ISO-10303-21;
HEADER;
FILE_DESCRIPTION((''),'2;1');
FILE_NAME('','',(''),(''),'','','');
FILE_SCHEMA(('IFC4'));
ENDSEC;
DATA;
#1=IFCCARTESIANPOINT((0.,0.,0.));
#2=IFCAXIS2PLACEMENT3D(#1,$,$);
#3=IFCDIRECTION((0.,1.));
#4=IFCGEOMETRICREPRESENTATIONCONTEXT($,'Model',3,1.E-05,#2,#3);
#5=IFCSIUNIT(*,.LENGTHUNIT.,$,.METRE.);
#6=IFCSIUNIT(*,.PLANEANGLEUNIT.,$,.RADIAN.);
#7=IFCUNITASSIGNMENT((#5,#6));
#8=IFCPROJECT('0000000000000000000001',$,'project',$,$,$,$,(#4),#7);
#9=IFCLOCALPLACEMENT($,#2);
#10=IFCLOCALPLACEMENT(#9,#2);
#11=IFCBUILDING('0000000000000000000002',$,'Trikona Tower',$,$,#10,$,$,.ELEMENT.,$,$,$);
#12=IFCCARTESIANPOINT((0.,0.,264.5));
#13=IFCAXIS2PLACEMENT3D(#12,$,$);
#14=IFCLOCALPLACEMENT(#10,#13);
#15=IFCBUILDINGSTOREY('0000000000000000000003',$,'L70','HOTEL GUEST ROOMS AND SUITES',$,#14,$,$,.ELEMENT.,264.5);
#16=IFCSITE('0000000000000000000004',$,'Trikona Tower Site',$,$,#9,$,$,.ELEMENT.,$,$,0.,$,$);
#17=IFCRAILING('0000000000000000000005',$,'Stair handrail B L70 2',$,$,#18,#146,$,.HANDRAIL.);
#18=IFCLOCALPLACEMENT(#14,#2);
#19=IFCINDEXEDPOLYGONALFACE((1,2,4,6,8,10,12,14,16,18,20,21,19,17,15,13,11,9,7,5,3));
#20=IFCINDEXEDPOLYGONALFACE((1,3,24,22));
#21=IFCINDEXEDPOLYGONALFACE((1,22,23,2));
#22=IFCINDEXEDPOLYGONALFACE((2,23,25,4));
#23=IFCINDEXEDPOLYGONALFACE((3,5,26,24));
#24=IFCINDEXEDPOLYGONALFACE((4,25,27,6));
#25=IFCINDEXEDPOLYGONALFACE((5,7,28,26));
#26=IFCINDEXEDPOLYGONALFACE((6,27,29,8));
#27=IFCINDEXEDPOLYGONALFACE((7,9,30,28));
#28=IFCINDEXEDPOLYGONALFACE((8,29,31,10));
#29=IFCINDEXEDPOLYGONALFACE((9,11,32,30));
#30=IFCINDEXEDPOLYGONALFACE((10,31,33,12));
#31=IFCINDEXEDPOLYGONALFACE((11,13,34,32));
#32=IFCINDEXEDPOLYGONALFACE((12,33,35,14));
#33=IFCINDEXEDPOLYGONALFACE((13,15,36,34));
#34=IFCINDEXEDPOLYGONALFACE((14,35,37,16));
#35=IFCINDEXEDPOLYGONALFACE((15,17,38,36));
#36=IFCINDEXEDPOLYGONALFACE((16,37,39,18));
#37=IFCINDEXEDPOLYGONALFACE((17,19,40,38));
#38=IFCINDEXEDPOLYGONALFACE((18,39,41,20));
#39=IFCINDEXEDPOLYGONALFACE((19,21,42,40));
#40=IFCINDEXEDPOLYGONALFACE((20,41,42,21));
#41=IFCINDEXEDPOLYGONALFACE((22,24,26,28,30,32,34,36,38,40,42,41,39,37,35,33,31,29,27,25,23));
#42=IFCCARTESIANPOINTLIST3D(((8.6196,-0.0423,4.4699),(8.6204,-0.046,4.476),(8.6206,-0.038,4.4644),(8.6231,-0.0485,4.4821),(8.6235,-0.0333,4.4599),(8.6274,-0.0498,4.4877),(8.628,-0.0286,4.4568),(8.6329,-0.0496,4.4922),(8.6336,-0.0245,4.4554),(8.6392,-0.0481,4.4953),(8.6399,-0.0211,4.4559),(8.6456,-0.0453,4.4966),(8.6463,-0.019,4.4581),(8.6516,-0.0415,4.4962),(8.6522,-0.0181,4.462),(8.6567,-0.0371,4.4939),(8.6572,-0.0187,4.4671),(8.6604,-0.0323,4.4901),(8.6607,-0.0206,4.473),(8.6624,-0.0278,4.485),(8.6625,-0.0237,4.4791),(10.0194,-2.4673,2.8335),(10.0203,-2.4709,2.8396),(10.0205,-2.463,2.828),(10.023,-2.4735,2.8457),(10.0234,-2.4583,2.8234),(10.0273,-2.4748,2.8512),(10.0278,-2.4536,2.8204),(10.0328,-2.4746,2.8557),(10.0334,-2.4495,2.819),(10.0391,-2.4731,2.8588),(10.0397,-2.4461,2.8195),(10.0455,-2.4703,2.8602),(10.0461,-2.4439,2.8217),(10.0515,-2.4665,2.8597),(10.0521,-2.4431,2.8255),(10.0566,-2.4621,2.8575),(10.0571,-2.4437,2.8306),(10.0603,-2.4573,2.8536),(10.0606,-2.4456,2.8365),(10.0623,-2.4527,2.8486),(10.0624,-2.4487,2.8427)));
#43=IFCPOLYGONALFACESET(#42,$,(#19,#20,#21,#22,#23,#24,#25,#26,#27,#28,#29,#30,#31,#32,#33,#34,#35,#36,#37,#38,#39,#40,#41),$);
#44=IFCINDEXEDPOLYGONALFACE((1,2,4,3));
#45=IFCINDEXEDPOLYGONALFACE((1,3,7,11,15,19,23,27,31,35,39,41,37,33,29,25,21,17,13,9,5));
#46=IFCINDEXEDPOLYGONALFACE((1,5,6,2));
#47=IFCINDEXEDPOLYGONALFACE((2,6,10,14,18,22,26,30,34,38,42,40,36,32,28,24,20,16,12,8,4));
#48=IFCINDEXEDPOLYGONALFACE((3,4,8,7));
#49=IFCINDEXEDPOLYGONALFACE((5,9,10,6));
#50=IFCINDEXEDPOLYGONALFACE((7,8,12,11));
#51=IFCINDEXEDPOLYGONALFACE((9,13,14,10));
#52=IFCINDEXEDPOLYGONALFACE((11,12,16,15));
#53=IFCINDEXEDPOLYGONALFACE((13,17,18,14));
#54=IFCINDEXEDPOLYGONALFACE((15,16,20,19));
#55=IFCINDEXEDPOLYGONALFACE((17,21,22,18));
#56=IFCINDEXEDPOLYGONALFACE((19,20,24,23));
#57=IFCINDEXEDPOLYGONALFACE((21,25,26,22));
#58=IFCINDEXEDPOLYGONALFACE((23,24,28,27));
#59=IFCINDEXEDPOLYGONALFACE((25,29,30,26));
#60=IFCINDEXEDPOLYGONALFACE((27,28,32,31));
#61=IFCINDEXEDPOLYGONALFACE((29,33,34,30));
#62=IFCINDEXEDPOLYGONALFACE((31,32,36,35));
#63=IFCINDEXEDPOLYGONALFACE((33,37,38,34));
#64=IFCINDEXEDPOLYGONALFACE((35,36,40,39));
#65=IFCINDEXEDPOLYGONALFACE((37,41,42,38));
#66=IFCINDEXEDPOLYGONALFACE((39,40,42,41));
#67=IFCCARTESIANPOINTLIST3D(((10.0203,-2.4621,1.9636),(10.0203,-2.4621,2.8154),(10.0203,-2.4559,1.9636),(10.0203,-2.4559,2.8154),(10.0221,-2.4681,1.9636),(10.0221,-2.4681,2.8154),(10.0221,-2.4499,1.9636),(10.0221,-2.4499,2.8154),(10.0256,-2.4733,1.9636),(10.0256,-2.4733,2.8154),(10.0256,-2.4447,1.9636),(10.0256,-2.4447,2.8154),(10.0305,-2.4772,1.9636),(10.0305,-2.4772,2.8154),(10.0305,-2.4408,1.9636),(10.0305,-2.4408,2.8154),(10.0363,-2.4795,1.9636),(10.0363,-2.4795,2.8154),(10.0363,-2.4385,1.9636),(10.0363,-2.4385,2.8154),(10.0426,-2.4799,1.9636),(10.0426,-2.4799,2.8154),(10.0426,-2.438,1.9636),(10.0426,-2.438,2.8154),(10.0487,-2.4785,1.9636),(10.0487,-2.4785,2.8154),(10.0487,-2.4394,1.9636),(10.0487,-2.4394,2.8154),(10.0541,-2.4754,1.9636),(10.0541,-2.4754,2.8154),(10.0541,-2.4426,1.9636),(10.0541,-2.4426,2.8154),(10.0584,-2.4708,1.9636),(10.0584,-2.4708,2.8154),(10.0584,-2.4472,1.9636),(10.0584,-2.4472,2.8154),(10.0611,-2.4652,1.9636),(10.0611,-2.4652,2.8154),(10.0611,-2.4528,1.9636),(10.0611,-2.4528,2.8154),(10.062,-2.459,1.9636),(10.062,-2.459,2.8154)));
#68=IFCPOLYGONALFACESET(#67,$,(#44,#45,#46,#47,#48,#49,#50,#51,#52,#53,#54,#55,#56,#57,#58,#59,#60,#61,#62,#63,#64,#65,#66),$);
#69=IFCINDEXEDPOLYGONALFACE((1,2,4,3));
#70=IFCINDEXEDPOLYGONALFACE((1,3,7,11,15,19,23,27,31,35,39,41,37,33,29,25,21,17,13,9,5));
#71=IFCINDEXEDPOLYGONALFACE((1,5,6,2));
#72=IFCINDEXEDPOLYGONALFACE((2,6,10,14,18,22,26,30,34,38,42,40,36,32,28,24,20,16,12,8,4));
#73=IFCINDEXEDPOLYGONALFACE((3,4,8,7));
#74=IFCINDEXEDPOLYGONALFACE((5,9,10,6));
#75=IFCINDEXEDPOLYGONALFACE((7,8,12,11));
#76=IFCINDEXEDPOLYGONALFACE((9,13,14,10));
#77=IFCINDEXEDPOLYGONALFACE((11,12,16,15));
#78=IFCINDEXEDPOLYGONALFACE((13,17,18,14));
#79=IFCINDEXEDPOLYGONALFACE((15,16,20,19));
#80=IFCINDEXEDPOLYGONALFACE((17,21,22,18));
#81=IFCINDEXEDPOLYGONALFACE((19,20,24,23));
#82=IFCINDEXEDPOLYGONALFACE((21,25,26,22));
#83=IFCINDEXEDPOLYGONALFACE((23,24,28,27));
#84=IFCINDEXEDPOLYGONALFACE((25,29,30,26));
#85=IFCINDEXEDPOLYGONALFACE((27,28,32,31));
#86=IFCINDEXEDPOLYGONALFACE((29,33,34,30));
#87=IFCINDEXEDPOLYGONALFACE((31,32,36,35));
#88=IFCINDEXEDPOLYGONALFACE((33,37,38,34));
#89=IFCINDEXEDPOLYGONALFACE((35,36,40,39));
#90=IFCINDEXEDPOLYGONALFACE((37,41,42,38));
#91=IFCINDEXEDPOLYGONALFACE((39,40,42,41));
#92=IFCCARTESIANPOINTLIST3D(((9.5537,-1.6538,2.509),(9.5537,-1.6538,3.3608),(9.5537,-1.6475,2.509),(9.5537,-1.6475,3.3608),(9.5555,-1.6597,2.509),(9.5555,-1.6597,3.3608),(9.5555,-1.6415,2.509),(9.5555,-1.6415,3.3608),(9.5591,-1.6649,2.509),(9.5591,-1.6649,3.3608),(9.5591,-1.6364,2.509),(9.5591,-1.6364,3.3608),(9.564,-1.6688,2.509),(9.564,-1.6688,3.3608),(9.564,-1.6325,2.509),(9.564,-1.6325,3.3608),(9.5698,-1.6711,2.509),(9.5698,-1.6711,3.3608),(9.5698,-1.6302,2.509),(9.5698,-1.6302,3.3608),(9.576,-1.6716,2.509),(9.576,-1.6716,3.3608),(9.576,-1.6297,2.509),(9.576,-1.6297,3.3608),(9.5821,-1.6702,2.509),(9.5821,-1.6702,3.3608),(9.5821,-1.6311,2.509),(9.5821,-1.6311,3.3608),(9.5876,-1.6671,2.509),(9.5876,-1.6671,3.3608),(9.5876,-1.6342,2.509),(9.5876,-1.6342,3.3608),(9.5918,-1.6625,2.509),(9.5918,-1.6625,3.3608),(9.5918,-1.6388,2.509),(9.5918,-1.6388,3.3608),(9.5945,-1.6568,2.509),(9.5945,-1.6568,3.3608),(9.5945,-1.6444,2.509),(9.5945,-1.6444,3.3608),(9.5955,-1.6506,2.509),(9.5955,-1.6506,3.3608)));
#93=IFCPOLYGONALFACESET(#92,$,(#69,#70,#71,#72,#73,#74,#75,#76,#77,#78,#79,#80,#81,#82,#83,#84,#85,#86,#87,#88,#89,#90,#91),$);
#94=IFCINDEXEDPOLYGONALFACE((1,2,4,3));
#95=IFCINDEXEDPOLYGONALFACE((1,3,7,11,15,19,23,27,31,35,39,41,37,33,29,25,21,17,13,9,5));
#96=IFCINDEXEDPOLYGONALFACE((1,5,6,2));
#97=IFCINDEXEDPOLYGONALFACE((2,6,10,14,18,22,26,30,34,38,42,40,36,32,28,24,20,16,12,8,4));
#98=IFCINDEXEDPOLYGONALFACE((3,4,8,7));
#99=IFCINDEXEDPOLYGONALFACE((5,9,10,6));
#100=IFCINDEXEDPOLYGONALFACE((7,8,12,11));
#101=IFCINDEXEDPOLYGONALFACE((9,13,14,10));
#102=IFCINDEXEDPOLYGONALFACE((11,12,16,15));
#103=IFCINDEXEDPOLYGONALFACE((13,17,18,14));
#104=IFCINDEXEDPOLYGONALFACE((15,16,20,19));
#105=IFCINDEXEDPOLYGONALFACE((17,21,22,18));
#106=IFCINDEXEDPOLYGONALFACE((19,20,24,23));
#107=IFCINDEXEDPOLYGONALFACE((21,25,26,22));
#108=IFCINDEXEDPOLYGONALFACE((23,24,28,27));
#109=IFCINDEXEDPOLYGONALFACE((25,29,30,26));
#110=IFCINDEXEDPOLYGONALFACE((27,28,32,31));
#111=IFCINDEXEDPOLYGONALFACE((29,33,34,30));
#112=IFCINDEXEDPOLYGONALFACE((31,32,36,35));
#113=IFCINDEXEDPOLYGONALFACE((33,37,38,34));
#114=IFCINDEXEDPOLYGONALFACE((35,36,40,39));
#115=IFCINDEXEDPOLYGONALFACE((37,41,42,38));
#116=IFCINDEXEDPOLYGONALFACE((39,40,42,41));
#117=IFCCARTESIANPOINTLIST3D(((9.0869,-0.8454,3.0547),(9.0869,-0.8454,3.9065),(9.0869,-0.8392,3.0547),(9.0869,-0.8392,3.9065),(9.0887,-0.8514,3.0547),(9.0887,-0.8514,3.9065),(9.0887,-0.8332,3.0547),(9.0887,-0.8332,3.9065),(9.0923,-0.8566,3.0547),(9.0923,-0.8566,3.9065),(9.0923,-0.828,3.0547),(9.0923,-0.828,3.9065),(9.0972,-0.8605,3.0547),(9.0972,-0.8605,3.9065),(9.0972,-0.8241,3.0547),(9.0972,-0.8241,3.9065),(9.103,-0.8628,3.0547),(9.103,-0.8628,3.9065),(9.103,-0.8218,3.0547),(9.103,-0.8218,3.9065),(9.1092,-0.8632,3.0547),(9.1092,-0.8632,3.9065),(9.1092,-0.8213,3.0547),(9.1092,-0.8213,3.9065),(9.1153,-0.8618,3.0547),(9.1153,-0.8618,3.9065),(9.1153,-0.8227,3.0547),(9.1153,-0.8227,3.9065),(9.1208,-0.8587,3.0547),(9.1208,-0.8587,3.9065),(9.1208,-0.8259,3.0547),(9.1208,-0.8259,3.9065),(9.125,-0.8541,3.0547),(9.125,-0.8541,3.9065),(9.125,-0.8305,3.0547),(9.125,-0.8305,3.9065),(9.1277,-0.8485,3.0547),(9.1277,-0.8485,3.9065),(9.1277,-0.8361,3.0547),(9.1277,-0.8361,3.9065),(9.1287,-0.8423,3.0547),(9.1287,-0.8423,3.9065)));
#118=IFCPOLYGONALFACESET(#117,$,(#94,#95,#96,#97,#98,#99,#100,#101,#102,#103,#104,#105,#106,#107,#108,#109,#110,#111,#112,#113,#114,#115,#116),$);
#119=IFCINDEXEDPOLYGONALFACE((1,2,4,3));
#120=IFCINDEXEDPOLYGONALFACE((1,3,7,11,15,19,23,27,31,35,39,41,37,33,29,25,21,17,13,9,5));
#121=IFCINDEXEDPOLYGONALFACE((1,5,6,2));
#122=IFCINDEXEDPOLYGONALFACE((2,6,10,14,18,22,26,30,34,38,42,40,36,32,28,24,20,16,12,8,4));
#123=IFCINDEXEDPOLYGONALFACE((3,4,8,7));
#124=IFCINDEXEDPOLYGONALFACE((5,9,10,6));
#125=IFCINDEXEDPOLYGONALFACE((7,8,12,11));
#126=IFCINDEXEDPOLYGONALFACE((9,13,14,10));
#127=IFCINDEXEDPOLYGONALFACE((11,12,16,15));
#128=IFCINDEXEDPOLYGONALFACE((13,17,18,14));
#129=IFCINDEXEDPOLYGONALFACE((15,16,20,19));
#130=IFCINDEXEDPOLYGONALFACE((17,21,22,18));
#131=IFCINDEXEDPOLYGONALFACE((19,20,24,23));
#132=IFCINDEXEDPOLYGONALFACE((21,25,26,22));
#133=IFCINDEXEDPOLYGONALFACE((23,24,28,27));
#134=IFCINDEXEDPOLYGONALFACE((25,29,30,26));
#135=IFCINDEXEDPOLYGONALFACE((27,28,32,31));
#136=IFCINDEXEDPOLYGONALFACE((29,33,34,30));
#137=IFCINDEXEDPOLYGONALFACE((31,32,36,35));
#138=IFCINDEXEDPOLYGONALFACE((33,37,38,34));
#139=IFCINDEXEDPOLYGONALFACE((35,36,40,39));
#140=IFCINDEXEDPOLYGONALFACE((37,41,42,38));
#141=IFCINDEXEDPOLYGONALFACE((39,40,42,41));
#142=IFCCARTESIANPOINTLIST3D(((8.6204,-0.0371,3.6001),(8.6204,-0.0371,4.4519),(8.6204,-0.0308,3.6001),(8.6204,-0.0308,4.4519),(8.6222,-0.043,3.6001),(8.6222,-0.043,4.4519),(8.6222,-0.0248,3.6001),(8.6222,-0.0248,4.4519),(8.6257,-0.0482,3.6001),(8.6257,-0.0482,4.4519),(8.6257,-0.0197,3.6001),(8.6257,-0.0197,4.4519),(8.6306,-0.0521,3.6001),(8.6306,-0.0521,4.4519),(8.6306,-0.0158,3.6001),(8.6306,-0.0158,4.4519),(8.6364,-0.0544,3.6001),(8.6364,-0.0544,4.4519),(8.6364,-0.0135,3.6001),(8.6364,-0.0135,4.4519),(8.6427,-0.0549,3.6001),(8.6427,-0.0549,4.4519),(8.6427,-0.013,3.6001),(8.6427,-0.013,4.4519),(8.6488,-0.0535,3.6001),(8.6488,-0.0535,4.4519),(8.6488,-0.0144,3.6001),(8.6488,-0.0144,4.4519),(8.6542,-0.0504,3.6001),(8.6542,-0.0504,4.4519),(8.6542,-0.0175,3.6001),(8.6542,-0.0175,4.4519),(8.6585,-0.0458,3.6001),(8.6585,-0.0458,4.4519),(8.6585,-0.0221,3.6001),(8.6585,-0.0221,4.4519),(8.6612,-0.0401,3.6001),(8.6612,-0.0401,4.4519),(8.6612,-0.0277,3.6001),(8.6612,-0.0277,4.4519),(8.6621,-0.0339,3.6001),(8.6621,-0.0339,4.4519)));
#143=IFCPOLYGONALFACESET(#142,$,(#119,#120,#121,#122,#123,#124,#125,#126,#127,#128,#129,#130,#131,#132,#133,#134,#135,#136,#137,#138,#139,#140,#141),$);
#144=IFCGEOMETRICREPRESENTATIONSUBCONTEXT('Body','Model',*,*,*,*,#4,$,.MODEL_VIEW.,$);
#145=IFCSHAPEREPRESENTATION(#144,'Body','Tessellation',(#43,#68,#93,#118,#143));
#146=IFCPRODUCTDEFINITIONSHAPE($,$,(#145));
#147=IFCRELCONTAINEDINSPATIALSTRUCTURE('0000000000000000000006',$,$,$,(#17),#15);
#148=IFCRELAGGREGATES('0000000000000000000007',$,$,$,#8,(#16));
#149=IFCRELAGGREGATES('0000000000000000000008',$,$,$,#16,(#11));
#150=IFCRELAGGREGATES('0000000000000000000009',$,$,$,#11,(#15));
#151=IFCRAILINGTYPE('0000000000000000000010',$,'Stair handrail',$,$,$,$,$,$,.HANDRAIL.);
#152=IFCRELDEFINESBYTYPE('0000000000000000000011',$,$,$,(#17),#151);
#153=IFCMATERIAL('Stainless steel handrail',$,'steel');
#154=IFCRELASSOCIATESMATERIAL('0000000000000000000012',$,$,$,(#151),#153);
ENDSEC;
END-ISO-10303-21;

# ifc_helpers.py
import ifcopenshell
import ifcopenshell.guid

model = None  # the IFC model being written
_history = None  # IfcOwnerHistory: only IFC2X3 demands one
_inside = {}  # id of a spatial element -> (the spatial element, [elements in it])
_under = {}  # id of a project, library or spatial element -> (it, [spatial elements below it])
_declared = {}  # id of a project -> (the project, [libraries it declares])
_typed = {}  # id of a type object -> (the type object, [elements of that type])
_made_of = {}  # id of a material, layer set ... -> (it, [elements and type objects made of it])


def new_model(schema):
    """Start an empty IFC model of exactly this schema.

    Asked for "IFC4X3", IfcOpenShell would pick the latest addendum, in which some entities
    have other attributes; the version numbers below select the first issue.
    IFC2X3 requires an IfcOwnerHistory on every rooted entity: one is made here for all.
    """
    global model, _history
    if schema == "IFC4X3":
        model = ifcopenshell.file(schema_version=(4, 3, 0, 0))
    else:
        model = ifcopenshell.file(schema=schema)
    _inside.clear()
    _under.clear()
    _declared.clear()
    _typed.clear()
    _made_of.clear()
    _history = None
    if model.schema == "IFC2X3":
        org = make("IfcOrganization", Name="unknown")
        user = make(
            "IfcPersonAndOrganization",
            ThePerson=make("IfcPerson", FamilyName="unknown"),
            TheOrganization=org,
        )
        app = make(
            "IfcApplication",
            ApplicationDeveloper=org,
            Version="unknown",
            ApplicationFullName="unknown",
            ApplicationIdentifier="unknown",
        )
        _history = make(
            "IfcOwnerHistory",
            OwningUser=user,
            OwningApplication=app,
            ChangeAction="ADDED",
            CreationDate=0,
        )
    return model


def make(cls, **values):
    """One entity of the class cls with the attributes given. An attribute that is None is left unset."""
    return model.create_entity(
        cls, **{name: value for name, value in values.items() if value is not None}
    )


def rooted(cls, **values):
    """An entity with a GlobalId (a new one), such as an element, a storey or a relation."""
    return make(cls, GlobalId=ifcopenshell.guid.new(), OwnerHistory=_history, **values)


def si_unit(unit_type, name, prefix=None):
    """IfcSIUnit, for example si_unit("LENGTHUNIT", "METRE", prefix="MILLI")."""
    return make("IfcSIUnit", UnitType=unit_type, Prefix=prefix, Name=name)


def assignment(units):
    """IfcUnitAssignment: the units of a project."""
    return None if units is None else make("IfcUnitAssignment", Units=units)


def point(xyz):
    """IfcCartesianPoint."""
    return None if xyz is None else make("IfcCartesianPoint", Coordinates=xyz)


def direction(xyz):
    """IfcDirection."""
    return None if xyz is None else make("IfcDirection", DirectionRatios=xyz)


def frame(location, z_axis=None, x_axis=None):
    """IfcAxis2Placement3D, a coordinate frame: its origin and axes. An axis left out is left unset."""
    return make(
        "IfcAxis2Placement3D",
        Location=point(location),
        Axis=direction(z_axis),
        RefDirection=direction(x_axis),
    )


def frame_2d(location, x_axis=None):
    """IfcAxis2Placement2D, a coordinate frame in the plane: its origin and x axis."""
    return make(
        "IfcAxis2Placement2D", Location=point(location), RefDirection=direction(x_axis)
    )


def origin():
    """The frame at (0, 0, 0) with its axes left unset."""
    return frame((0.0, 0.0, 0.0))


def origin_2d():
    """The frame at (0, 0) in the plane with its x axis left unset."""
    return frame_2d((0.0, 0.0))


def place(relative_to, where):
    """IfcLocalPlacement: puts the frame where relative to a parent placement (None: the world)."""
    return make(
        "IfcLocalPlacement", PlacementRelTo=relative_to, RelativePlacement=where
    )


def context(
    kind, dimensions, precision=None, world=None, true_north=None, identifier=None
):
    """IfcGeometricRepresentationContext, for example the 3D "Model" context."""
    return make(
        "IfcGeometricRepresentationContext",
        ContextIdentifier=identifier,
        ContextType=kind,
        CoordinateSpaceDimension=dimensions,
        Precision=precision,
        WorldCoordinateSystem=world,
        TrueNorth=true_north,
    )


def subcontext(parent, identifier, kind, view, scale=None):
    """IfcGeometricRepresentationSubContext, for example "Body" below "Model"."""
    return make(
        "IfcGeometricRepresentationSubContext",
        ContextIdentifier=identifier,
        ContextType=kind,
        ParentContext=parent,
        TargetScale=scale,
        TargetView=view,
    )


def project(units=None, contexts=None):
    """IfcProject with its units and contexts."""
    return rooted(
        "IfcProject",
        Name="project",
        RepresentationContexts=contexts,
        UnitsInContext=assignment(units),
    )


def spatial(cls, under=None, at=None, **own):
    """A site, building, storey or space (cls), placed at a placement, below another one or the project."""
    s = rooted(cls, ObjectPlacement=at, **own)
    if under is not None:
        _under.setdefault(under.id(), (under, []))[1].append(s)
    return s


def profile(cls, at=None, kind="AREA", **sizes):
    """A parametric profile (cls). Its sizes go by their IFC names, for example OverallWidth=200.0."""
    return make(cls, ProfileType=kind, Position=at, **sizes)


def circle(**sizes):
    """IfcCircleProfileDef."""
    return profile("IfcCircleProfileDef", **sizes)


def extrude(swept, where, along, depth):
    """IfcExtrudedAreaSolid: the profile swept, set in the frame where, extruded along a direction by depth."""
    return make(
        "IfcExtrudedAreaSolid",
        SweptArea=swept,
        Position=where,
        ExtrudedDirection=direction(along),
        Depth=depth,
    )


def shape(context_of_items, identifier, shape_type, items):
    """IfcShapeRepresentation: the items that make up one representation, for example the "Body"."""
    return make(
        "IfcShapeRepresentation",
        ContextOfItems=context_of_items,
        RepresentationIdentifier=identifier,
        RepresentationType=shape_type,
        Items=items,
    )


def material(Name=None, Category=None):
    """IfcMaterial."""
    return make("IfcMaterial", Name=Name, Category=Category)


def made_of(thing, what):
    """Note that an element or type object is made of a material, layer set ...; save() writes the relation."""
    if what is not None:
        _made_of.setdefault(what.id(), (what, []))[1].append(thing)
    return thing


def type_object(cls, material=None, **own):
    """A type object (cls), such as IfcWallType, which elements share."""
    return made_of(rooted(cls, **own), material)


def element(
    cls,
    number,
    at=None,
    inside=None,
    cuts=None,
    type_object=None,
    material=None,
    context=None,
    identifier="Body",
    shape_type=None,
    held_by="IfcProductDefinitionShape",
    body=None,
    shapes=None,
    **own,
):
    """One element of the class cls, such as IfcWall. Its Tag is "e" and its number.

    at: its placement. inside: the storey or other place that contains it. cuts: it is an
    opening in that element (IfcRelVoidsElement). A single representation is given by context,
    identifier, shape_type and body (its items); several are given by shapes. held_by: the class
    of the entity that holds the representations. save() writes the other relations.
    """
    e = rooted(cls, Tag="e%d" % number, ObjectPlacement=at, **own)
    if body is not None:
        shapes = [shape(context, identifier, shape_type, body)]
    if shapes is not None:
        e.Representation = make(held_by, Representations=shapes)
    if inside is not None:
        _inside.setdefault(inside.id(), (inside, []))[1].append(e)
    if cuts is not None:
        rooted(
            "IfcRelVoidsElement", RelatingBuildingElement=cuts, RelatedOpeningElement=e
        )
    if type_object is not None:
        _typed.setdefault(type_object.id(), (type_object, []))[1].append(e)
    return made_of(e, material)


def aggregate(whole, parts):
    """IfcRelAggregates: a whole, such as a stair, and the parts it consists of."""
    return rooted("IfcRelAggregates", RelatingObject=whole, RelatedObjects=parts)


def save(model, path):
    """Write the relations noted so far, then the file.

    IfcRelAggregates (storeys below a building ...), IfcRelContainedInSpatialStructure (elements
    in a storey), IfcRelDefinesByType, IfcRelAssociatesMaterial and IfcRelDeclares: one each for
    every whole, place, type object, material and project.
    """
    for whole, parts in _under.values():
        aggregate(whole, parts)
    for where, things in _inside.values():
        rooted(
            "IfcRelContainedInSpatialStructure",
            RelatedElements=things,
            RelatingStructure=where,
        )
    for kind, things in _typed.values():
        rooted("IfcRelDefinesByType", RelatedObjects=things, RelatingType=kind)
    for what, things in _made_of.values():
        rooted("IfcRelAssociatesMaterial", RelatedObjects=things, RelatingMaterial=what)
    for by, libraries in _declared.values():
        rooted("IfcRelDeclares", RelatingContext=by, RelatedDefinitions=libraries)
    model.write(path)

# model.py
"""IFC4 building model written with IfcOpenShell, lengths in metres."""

from ifc_helpers import new_model, si_unit, direction, frame, origin, origin_2d, place, context, subcontext, project, spatial, circle, extrude, material, type_object, element, save


model = new_model("IFC4")

# Units and contexts
model_context = context("Model", 3, precision=1e-05, world=origin(), true_north=direction((0.0, 1.0)))
body_context = subcontext(model_context, "Body", "Model", "MODEL_VIEW")
ifc_project = project(units=[si_unit("LENGTHUNIT", "METRE"), si_unit("PLANEANGLEUNIT", "RADIAN")], contexts=[model_context])

# Site, building, storey
site_placement = place(None, origin())
site = spatial("IfcSite", under=ifc_project, at=site_placement, Name="Trikona Tower Site", CompositionType="ELEMENT", RefElevation=0.0)
building_placement = place(site_placement, origin())
building = spatial("IfcBuilding", under=site, at=building_placement, Name="Trikona Tower", CompositionType="ELEMENT")
storey_placement = place(building_placement, frame((0.0, 0.0, 264.5)))
storey = spatial("IfcBuildingStorey", under=building, at=storey_placement, Name="L70", Description="HOTEL GUEST ROOMS AND SUITES", CompositionType="ELEMENT", Elevation=264.5)

# Railing
ifc_material_1 = material(Name="Stainless steel handrail", Category="steel")
railing_type = type_object("IfcRailingType", Name="Stair handrail", PredefinedType="HANDRAIL", material=ifc_material_1)
railing_placement = place(storey_placement, frame((10.041, -2.459, 1.9636)))
element("IfcRailing", 1, at=railing_placement, inside=storey, type_object=railing_type, Name="Stair handrail B L70 2", PredefinedType="HANDRAIL", context=body_context, shape_type="SweptSolid", body=[
    extrude(circle(Radius=0.0239, at=origin_2d()), frame((0.0, 0.0, 0.876), z_axis=(-0.431636, 0.747723, 0.504579), x_axis=(-0.866056, -0.499946, 0.0)), (0.0, 0.0, 1.0), 3.2432),
    extrude(circle(Radius=0.021, at=origin_2d()), origin(), (0.0, 0.0, 1.0), 0.8518),
    extrude(circle(Radius=0.021, at=origin_2d()), frame((-0.4666, 0.8083, 0.5454)), (0.0, 0.0, 1.0), 0.8518),
    extrude(circle(Radius=0.021, at=origin_2d()), frame((-0.9333, 1.6167, 1.0911)), (0.0, 0.0, 1.0), 0.8518),
    extrude(circle(Radius=0.021, at=origin_2d()), frame((-1.3999, 2.425, 1.6365)), (0.0, 0.0, 1.0), 0.8518),
])

save(model, "model.ifc")
